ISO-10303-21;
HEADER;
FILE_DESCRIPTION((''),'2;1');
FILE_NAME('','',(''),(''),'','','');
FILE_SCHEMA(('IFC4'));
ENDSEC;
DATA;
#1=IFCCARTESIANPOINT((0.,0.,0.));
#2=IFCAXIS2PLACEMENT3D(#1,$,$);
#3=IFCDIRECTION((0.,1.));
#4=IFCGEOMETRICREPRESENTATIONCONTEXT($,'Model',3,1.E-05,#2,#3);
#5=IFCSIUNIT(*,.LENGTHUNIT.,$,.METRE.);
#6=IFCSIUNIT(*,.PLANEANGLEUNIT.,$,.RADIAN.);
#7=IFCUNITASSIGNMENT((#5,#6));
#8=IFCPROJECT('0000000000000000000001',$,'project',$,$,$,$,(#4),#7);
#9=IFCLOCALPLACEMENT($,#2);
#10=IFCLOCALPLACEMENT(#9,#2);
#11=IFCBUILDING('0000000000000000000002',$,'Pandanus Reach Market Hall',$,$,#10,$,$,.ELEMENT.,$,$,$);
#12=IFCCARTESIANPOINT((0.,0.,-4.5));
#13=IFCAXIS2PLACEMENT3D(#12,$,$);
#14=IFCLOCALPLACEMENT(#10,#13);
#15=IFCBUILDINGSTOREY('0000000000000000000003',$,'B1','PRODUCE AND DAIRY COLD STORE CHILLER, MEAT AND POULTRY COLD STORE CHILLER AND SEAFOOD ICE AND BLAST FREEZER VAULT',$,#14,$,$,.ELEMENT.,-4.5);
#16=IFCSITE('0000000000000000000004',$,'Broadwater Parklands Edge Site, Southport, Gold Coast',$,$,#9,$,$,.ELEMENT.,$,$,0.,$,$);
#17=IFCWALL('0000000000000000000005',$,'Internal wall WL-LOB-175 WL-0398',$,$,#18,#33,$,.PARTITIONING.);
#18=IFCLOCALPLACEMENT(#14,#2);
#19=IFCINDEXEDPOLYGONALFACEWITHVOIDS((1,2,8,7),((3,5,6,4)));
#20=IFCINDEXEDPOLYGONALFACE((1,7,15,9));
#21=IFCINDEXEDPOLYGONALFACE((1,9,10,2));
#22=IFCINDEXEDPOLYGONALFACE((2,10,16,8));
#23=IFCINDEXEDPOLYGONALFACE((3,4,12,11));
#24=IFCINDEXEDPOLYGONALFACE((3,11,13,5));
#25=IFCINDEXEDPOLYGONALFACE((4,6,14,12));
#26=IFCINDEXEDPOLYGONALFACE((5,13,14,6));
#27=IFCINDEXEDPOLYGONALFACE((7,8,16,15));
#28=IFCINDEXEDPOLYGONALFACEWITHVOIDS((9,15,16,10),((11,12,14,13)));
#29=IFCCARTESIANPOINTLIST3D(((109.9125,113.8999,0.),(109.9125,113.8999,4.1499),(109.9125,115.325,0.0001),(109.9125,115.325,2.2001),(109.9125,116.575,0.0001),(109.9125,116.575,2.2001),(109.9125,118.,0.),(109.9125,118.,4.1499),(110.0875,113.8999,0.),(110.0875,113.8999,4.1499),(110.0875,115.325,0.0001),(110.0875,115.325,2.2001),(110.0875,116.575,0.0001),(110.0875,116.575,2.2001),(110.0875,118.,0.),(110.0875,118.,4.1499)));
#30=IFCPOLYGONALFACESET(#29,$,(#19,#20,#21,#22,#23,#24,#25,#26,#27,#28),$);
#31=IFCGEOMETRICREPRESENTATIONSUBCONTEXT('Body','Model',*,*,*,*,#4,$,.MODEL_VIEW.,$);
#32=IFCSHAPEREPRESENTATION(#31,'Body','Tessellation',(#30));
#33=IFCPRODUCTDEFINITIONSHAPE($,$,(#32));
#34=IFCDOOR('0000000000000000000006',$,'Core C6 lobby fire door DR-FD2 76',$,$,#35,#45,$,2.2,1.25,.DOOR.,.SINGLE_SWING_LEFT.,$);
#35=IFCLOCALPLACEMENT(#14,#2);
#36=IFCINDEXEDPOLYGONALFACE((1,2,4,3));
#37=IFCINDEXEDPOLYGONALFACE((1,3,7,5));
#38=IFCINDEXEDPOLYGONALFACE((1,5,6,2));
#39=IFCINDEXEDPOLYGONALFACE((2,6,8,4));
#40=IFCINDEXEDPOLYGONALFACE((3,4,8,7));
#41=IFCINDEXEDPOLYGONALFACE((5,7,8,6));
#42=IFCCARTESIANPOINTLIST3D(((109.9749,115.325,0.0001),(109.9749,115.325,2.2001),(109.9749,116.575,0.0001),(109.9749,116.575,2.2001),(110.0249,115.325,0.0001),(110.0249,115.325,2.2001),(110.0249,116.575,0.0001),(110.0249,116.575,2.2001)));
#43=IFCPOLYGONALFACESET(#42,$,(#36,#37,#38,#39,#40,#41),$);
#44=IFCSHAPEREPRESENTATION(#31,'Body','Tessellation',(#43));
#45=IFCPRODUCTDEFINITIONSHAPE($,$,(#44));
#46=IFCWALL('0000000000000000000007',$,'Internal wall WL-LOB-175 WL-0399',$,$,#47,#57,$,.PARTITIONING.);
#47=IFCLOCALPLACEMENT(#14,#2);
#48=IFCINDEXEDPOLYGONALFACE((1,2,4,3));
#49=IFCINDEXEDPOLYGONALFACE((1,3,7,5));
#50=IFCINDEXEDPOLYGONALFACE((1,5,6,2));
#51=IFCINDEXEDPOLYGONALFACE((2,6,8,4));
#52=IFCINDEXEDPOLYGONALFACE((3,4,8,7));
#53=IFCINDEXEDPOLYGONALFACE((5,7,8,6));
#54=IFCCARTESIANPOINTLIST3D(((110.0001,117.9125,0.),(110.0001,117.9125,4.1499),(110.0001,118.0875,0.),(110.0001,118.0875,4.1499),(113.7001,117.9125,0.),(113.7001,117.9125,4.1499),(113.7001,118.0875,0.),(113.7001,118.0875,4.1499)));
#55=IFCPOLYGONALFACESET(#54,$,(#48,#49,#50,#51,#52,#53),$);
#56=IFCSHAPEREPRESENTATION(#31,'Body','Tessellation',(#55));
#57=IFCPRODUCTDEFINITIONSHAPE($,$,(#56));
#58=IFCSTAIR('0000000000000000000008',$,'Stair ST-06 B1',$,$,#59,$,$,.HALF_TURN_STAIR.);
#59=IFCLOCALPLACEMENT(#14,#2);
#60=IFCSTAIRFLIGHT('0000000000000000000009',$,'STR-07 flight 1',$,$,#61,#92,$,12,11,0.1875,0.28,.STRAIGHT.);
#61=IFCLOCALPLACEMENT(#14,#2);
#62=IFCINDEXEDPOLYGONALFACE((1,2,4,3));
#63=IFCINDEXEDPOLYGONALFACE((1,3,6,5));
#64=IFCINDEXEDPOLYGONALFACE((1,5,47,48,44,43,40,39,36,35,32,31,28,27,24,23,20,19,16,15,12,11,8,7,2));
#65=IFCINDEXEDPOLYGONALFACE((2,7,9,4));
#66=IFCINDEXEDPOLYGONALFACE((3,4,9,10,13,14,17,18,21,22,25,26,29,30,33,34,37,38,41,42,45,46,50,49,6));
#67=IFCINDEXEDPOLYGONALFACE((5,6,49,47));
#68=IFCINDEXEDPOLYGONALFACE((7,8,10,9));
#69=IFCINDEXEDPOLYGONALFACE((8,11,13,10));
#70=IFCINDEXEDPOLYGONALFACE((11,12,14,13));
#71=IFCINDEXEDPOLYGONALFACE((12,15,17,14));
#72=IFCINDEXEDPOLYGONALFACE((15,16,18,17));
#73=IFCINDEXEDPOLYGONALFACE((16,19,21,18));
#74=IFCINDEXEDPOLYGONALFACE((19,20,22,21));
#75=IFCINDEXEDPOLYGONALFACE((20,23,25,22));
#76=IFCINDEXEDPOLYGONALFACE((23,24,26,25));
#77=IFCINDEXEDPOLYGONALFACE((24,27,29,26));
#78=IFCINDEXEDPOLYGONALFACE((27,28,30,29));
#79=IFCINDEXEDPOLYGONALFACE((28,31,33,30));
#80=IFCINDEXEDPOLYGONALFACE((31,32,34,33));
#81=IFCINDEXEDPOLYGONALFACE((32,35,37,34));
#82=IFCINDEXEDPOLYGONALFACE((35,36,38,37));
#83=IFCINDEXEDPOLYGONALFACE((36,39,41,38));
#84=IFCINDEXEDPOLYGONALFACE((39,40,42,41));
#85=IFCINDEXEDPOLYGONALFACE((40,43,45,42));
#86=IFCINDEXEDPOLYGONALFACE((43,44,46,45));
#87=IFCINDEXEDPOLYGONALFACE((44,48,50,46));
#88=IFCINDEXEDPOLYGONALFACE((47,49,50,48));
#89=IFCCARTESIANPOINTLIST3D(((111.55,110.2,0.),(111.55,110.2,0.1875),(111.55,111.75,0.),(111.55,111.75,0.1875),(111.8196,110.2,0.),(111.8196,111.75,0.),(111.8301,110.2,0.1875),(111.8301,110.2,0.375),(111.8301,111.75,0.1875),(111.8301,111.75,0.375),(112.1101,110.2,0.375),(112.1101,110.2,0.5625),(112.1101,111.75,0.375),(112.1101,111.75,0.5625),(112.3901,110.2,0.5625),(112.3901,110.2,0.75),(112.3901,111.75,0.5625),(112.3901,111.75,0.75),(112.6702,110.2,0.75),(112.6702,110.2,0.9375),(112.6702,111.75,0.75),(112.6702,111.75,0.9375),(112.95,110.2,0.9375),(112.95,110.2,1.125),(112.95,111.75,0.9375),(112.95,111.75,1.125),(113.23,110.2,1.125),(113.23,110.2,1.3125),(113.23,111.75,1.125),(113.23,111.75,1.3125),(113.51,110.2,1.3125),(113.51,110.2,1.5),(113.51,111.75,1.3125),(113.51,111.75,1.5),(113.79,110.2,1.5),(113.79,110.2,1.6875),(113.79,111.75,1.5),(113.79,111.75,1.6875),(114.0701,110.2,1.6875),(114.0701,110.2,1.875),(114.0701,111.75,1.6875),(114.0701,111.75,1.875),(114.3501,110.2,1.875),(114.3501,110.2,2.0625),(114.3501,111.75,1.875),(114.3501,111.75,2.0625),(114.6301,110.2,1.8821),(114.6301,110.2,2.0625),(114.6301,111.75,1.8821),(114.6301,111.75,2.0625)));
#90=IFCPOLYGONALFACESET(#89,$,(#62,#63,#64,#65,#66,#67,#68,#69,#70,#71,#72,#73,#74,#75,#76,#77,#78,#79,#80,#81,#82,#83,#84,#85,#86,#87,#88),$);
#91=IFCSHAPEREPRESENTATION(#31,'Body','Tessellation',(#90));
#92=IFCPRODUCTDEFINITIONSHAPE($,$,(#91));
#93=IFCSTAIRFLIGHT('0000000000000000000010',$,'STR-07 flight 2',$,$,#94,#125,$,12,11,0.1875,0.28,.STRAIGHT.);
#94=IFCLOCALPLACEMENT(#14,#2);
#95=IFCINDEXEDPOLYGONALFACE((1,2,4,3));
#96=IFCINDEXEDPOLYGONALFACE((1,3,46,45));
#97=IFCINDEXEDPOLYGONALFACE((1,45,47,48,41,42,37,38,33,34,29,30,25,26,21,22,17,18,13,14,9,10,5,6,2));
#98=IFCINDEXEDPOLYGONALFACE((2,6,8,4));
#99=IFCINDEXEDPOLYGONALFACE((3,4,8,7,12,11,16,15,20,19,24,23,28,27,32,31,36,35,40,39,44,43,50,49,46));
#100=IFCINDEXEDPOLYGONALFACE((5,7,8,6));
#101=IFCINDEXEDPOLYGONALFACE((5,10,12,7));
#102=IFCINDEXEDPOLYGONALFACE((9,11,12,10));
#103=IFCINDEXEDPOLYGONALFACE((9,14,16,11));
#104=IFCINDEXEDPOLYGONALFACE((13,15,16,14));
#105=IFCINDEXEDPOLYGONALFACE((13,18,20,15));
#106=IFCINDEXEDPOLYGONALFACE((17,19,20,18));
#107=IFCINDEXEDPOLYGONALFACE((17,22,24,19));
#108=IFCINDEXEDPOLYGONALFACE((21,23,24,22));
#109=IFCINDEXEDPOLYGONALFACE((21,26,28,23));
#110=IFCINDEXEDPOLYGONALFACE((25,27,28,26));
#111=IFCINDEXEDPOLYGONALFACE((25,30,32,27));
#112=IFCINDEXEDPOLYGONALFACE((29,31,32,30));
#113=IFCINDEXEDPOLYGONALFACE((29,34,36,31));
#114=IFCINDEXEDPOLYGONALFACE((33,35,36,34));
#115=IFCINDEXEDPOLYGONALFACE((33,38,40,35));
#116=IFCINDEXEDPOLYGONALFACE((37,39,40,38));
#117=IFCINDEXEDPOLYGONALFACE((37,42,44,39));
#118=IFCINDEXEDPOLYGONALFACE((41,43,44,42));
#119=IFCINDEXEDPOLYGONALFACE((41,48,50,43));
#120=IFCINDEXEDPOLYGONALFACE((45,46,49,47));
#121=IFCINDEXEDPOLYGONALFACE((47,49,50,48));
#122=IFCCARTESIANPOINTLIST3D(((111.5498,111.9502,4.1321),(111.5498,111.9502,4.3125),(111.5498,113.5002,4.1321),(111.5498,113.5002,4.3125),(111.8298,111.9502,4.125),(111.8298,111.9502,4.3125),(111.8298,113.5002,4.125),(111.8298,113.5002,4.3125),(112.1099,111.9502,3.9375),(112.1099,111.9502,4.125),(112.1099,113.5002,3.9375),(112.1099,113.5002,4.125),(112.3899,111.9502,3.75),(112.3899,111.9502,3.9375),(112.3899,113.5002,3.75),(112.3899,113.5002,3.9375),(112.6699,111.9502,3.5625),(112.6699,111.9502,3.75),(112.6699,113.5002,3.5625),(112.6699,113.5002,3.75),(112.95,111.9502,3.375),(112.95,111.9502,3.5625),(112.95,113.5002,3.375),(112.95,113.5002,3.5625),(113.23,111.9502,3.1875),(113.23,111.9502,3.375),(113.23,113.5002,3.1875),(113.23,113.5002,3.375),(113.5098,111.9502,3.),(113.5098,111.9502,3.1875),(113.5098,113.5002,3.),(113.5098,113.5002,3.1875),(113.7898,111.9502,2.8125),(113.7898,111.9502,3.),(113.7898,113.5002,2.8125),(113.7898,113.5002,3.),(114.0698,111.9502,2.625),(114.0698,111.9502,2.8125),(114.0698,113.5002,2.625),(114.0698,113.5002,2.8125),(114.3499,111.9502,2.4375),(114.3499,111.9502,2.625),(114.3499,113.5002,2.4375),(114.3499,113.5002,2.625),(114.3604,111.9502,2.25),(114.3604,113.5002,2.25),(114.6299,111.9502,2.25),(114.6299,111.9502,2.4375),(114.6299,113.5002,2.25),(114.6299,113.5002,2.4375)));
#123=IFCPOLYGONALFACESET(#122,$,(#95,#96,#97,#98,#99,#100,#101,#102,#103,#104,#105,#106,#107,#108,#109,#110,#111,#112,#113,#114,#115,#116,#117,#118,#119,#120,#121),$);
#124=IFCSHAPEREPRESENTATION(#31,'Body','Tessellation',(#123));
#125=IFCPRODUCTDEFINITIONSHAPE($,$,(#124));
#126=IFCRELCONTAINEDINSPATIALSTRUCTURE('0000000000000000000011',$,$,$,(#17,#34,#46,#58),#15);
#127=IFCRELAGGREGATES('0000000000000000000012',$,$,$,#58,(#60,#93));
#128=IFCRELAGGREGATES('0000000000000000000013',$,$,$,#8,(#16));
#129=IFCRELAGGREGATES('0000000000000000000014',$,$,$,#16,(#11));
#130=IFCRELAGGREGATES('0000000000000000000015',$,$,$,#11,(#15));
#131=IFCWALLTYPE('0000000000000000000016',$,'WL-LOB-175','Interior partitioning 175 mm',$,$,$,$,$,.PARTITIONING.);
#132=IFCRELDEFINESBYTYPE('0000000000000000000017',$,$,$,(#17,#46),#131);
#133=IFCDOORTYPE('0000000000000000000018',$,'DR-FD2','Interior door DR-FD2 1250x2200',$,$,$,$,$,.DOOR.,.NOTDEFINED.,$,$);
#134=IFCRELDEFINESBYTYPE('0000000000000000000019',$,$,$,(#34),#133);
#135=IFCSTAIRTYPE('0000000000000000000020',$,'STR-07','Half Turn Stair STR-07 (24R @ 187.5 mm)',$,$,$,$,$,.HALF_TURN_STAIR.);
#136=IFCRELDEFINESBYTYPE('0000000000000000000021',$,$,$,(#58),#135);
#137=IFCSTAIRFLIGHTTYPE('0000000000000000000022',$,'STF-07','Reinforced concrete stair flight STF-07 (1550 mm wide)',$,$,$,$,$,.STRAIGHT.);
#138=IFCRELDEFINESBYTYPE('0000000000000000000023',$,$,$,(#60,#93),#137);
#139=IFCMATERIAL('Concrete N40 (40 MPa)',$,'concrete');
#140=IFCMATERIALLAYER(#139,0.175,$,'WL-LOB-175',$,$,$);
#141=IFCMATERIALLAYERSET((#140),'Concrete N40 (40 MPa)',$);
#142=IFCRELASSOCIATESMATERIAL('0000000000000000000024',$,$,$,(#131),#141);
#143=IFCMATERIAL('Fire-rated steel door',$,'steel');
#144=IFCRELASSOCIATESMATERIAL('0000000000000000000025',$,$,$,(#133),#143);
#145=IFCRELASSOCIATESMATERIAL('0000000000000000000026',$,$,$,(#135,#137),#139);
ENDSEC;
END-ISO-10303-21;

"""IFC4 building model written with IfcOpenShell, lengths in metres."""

from ifc_helpers import new_model, si_unit, direction, frame, frame_2d, origin, place, context, subcontext, project, spatial, polyline, rectangle, outline, extrude, material, layer, layer_set, type_object, element, fill, aggregate, save


model = new_model("IFC4")

# Units and contexts
model_context = context("Model", 3, precision=1e-05, world=origin(), true_north=direction((0.0, 1.0)))
body_context = subcontext(model_context, "Body", "Model", "MODEL_VIEW")
ifc_project = project(units=[si_unit("LENGTHUNIT", "METRE"), si_unit("PLANEANGLEUNIT", "RADIAN")], contexts=[model_context])

# Site, building, storey
site_placement = place(None, origin())
site = spatial("IfcSite", under=ifc_project, at=site_placement, Name="Broadwater Parklands Edge Site, Southport, Gold Coast", CompositionType="ELEMENT", RefElevation=0.0)
building_placement = place(site_placement, origin())
building = spatial("IfcBuilding", under=site, at=building_placement, Name="Pandanus Reach Market Hall", CompositionType="ELEMENT")
storey_placement = place(building_placement, frame((0.0, 0.0, -4.5)))
storey = spatial("IfcBuildingStorey", under=building, at=storey_placement, Name="B1", Description="PRODUCE AND DAIRY COLD STORE CHILLER, MEAT AND POULTRY COLD STORE CHILLER AND SEAFOOD ICE AND BLAST FREEZER VAULT", CompositionType="ELEMENT", Elevation=-4.5)

# Shared definitions
ifc_material_1 = material(Name="Concrete N40 (40 MPa)", Category="concrete")

# Shared definitions
ifc_material_2 = material(Name="Fire-rated steel door", Category="steel")

# Wall, opening, door
ifc_layer_1 = layer(ifc_material_1, 0.175, Name="WL-LOB-175")
ifc_layer_set_1 = layer_set([ifc_layer_1], Name="Concrete N40 (40 MPa)")
wall_type_1 = type_object("IfcWallType", Name="WL-LOB-175", Description="Interior partitioning 175 mm", PredefinedType="PARTITIONING", material=ifc_layer_set_1)
wall_1_placement = place(storey_placement, frame((110.0, 113.8999, 0.0), z_axis=(0.0, 0.0, 1.0), x_axis=(0.0, 1.0, 0.0)))
wall_1 = element("IfcWall", 1, at=wall_1_placement, inside=storey, type_object=wall_type_1, Name="Internal wall WL-LOB-175 WL-0398", PredefinedType="PARTITIONING", context=body_context, shape_type="SweptSolid", body=[
    extrude(rectangle(XDim=4.1001, YDim=0.175, at=frame_2d((2.05, 0.0))), origin(), (0.0, 0.0, 1.0), 4.1499),
])
opening_1_placement = place(wall_1_placement, frame((1.425, 0.0, 0.0)))
opening_1 = element("IfcOpeningElement", 2, at=opening_1_placement, cuts=wall_1, PredefinedType="OPENING", context=body_context, shape_type="SweptSolid", body=[
    extrude(rectangle(XDim=1.25, YDim=2.2, at=frame_2d((0.625, 1.1001))), frame((0.0, 0.1025, 0.0), z_axis=(0.0, -1.0, 0.0), x_axis=(1.0, 0.0, 0.0)), (0.0, 0.0, 1.0), 0.2051),
])
door_type_1 = type_object("IfcDoorType", Name="DR-FD2", Description="Interior door DR-FD2 1250x2200", OperationType="NOTDEFINED", PredefinedType="DOOR", material=ifc_material_2)
door_1_placement = place(opening_1_placement, frame((1.25, 0.0, 0.0), z_axis=(0.0, 0.0, 1.0), x_axis=(-1.0, 0.0, 0.0)))
door_1 = element("IfcDoor", 3, at=door_1_placement, inside=storey, type_object=door_type_1, Name="Core C6 lobby fire door DR-FD2 76", OperationType="SINGLE_SWING_LEFT", OverallHeight=2.2, OverallWidth=1.25, PredefinedType="DOOR", context=body_context, shape_type="SweptSolid", body=[
    extrude(rectangle(XDim=1.25, YDim=2.2, at=frame_2d((0.625, 1.1001))), frame((0.0, 0.0249, 0.0), z_axis=(0.0, -1.0, 0.0), x_axis=(1.0, 0.0, 0.0)), (0.0, 0.0, 1.0), 0.05),
])
fill(opening_1, door_1)

# Wall
wall_2_placement = place(storey_placement, frame((110.0, 118.0, 0.0), z_axis=(0.0, 0.0, 1.0), x_axis=(1.0, 0.0, 0.0)))
element("IfcWall", 4, at=wall_2_placement, inside=storey, type_object=wall_type_1, Name="Internal wall WL-LOB-175 WL-0399", PredefinedType="PARTITIONING", context=body_context, shape_type="SweptSolid", body=[
    extrude(rectangle(XDim=3.7, YDim=0.175, at=frame_2d((1.8501, 0.0))), origin(), (0.0, 0.0, 1.0), 4.1499),
])

# Stair, stair flights
stair_type = type_object("IfcStairType", Name="STR-07", Description="Half Turn Stair STR-07 (24R @ 187.5 mm)", PredefinedType="HALF_TURN_STAIR", material=ifc_material_1)
stair_placement = place(storey_placement, origin())
stair = element("IfcStair", 5, at=stair_placement, inside=storey, type_object=stair_type, Name="Stair ST-06 B1", PredefinedType="HALF_TURN_STAIR")
stair_flight_type = type_object("IfcStairFlightType", Name="STF-07", Description="Reinforced concrete stair flight STF-07 (1550 mm wide)", PredefinedType="STRAIGHT", material=ifc_material_1)
stair_flight_1_placement = place(storey_placement, frame((111.55, 110.9751, 0.0), z_axis=(0.0, 0.0, 1.0), x_axis=(1.0, 0.0, 0.0)))
stair_flight_1 = element("IfcStairFlight", 6, at=stair_flight_1_placement, type_object=stair_flight_type, Name="STR-07 flight 1", NumberOfRisers=12, NumberOfTreads=11, PredefinedType="STRAIGHT", RiserHeight=0.1875, TreadLength=0.28, context=body_context, shape_type="SweptSolid", body=[
    extrude(outline(polyline([(0.0, 0.0), (0.0, 0.1875), (0.28, 0.1875), (0.28, 0.375), (0.5601, 0.375), (0.5601, 0.5625), (0.8401, 0.5625), (0.8401, 0.75), (1.1201, 0.75), (1.1201, 0.9375), (1.3999, 0.9375), (1.3999, 1.125), (1.6799, 1.125), (1.6799, 1.3125), (1.96, 1.3125), (1.96, 1.5), (2.24, 1.5), (2.24, 1.6875), (2.52, 1.6875), (2.52, 1.875), (2.8, 1.875), (2.8, 2.0625), (3.0801, 2.0625), (3.0801, 2.25), (3.0801, 1.8821), (0.2695, 0.0), (0.0, 0.0)])), frame((0.0, 0.7749, 0.0), z_axis=(0.0, -1.0, 0.0), x_axis=(1.0, 0.0, 0.0)), (0.0, 0.0, 1.0), 1.55),
])
stair_flight_2_placement = place(storey_placement, frame((114.6299, 112.7251, 2.25), z_axis=(0.0, 0.0, 1.0), x_axis=(-1.0, 0.0, 0.0)))
stair_flight_2 = element("IfcStairFlight", 7, at=stair_flight_2_placement, type_object=stair_flight_type, Name="STR-07 flight 2", NumberOfRisers=12, NumberOfTreads=11, PredefinedType="STRAIGHT", RiserHeight=0.1875, TreadLength=0.28, context=body_context, shape_type="SweptSolid", body=[
    extrude(outline(polyline([(0.0, 0.0), (0.0, 0.1875), (0.28, 0.1875), (0.28, 0.375), (0.5601, 0.375), (0.5601, 0.5625), (0.8401, 0.5625), (0.8401, 0.75), (1.1201, 0.75), (1.1201, 0.9375), (1.3999, 0.9375), (1.3999, 1.125), (1.6799, 1.125), (1.6799, 1.3125), (1.96, 1.3125), (1.96, 1.5), (2.24, 1.5), (2.24, 1.6875), (2.52, 1.6875), (2.52, 1.875), (2.8, 1.875), (2.8, 2.0625), (3.0801, 2.0625), (3.0801, 2.25), (3.0801, 1.8821), (0.2695, 0.0), (0.0, 0.0)])), frame((0.0, 0.7749, 0.0), z_axis=(0.0, -1.0, 0.0), x_axis=(1.0, 0.0, 0.0)), (0.0, 0.0, 1.0), 1.55),
])
aggregate(stair, [stair_flight_1, stair_flight_2])

save(model, "model.ifc")
